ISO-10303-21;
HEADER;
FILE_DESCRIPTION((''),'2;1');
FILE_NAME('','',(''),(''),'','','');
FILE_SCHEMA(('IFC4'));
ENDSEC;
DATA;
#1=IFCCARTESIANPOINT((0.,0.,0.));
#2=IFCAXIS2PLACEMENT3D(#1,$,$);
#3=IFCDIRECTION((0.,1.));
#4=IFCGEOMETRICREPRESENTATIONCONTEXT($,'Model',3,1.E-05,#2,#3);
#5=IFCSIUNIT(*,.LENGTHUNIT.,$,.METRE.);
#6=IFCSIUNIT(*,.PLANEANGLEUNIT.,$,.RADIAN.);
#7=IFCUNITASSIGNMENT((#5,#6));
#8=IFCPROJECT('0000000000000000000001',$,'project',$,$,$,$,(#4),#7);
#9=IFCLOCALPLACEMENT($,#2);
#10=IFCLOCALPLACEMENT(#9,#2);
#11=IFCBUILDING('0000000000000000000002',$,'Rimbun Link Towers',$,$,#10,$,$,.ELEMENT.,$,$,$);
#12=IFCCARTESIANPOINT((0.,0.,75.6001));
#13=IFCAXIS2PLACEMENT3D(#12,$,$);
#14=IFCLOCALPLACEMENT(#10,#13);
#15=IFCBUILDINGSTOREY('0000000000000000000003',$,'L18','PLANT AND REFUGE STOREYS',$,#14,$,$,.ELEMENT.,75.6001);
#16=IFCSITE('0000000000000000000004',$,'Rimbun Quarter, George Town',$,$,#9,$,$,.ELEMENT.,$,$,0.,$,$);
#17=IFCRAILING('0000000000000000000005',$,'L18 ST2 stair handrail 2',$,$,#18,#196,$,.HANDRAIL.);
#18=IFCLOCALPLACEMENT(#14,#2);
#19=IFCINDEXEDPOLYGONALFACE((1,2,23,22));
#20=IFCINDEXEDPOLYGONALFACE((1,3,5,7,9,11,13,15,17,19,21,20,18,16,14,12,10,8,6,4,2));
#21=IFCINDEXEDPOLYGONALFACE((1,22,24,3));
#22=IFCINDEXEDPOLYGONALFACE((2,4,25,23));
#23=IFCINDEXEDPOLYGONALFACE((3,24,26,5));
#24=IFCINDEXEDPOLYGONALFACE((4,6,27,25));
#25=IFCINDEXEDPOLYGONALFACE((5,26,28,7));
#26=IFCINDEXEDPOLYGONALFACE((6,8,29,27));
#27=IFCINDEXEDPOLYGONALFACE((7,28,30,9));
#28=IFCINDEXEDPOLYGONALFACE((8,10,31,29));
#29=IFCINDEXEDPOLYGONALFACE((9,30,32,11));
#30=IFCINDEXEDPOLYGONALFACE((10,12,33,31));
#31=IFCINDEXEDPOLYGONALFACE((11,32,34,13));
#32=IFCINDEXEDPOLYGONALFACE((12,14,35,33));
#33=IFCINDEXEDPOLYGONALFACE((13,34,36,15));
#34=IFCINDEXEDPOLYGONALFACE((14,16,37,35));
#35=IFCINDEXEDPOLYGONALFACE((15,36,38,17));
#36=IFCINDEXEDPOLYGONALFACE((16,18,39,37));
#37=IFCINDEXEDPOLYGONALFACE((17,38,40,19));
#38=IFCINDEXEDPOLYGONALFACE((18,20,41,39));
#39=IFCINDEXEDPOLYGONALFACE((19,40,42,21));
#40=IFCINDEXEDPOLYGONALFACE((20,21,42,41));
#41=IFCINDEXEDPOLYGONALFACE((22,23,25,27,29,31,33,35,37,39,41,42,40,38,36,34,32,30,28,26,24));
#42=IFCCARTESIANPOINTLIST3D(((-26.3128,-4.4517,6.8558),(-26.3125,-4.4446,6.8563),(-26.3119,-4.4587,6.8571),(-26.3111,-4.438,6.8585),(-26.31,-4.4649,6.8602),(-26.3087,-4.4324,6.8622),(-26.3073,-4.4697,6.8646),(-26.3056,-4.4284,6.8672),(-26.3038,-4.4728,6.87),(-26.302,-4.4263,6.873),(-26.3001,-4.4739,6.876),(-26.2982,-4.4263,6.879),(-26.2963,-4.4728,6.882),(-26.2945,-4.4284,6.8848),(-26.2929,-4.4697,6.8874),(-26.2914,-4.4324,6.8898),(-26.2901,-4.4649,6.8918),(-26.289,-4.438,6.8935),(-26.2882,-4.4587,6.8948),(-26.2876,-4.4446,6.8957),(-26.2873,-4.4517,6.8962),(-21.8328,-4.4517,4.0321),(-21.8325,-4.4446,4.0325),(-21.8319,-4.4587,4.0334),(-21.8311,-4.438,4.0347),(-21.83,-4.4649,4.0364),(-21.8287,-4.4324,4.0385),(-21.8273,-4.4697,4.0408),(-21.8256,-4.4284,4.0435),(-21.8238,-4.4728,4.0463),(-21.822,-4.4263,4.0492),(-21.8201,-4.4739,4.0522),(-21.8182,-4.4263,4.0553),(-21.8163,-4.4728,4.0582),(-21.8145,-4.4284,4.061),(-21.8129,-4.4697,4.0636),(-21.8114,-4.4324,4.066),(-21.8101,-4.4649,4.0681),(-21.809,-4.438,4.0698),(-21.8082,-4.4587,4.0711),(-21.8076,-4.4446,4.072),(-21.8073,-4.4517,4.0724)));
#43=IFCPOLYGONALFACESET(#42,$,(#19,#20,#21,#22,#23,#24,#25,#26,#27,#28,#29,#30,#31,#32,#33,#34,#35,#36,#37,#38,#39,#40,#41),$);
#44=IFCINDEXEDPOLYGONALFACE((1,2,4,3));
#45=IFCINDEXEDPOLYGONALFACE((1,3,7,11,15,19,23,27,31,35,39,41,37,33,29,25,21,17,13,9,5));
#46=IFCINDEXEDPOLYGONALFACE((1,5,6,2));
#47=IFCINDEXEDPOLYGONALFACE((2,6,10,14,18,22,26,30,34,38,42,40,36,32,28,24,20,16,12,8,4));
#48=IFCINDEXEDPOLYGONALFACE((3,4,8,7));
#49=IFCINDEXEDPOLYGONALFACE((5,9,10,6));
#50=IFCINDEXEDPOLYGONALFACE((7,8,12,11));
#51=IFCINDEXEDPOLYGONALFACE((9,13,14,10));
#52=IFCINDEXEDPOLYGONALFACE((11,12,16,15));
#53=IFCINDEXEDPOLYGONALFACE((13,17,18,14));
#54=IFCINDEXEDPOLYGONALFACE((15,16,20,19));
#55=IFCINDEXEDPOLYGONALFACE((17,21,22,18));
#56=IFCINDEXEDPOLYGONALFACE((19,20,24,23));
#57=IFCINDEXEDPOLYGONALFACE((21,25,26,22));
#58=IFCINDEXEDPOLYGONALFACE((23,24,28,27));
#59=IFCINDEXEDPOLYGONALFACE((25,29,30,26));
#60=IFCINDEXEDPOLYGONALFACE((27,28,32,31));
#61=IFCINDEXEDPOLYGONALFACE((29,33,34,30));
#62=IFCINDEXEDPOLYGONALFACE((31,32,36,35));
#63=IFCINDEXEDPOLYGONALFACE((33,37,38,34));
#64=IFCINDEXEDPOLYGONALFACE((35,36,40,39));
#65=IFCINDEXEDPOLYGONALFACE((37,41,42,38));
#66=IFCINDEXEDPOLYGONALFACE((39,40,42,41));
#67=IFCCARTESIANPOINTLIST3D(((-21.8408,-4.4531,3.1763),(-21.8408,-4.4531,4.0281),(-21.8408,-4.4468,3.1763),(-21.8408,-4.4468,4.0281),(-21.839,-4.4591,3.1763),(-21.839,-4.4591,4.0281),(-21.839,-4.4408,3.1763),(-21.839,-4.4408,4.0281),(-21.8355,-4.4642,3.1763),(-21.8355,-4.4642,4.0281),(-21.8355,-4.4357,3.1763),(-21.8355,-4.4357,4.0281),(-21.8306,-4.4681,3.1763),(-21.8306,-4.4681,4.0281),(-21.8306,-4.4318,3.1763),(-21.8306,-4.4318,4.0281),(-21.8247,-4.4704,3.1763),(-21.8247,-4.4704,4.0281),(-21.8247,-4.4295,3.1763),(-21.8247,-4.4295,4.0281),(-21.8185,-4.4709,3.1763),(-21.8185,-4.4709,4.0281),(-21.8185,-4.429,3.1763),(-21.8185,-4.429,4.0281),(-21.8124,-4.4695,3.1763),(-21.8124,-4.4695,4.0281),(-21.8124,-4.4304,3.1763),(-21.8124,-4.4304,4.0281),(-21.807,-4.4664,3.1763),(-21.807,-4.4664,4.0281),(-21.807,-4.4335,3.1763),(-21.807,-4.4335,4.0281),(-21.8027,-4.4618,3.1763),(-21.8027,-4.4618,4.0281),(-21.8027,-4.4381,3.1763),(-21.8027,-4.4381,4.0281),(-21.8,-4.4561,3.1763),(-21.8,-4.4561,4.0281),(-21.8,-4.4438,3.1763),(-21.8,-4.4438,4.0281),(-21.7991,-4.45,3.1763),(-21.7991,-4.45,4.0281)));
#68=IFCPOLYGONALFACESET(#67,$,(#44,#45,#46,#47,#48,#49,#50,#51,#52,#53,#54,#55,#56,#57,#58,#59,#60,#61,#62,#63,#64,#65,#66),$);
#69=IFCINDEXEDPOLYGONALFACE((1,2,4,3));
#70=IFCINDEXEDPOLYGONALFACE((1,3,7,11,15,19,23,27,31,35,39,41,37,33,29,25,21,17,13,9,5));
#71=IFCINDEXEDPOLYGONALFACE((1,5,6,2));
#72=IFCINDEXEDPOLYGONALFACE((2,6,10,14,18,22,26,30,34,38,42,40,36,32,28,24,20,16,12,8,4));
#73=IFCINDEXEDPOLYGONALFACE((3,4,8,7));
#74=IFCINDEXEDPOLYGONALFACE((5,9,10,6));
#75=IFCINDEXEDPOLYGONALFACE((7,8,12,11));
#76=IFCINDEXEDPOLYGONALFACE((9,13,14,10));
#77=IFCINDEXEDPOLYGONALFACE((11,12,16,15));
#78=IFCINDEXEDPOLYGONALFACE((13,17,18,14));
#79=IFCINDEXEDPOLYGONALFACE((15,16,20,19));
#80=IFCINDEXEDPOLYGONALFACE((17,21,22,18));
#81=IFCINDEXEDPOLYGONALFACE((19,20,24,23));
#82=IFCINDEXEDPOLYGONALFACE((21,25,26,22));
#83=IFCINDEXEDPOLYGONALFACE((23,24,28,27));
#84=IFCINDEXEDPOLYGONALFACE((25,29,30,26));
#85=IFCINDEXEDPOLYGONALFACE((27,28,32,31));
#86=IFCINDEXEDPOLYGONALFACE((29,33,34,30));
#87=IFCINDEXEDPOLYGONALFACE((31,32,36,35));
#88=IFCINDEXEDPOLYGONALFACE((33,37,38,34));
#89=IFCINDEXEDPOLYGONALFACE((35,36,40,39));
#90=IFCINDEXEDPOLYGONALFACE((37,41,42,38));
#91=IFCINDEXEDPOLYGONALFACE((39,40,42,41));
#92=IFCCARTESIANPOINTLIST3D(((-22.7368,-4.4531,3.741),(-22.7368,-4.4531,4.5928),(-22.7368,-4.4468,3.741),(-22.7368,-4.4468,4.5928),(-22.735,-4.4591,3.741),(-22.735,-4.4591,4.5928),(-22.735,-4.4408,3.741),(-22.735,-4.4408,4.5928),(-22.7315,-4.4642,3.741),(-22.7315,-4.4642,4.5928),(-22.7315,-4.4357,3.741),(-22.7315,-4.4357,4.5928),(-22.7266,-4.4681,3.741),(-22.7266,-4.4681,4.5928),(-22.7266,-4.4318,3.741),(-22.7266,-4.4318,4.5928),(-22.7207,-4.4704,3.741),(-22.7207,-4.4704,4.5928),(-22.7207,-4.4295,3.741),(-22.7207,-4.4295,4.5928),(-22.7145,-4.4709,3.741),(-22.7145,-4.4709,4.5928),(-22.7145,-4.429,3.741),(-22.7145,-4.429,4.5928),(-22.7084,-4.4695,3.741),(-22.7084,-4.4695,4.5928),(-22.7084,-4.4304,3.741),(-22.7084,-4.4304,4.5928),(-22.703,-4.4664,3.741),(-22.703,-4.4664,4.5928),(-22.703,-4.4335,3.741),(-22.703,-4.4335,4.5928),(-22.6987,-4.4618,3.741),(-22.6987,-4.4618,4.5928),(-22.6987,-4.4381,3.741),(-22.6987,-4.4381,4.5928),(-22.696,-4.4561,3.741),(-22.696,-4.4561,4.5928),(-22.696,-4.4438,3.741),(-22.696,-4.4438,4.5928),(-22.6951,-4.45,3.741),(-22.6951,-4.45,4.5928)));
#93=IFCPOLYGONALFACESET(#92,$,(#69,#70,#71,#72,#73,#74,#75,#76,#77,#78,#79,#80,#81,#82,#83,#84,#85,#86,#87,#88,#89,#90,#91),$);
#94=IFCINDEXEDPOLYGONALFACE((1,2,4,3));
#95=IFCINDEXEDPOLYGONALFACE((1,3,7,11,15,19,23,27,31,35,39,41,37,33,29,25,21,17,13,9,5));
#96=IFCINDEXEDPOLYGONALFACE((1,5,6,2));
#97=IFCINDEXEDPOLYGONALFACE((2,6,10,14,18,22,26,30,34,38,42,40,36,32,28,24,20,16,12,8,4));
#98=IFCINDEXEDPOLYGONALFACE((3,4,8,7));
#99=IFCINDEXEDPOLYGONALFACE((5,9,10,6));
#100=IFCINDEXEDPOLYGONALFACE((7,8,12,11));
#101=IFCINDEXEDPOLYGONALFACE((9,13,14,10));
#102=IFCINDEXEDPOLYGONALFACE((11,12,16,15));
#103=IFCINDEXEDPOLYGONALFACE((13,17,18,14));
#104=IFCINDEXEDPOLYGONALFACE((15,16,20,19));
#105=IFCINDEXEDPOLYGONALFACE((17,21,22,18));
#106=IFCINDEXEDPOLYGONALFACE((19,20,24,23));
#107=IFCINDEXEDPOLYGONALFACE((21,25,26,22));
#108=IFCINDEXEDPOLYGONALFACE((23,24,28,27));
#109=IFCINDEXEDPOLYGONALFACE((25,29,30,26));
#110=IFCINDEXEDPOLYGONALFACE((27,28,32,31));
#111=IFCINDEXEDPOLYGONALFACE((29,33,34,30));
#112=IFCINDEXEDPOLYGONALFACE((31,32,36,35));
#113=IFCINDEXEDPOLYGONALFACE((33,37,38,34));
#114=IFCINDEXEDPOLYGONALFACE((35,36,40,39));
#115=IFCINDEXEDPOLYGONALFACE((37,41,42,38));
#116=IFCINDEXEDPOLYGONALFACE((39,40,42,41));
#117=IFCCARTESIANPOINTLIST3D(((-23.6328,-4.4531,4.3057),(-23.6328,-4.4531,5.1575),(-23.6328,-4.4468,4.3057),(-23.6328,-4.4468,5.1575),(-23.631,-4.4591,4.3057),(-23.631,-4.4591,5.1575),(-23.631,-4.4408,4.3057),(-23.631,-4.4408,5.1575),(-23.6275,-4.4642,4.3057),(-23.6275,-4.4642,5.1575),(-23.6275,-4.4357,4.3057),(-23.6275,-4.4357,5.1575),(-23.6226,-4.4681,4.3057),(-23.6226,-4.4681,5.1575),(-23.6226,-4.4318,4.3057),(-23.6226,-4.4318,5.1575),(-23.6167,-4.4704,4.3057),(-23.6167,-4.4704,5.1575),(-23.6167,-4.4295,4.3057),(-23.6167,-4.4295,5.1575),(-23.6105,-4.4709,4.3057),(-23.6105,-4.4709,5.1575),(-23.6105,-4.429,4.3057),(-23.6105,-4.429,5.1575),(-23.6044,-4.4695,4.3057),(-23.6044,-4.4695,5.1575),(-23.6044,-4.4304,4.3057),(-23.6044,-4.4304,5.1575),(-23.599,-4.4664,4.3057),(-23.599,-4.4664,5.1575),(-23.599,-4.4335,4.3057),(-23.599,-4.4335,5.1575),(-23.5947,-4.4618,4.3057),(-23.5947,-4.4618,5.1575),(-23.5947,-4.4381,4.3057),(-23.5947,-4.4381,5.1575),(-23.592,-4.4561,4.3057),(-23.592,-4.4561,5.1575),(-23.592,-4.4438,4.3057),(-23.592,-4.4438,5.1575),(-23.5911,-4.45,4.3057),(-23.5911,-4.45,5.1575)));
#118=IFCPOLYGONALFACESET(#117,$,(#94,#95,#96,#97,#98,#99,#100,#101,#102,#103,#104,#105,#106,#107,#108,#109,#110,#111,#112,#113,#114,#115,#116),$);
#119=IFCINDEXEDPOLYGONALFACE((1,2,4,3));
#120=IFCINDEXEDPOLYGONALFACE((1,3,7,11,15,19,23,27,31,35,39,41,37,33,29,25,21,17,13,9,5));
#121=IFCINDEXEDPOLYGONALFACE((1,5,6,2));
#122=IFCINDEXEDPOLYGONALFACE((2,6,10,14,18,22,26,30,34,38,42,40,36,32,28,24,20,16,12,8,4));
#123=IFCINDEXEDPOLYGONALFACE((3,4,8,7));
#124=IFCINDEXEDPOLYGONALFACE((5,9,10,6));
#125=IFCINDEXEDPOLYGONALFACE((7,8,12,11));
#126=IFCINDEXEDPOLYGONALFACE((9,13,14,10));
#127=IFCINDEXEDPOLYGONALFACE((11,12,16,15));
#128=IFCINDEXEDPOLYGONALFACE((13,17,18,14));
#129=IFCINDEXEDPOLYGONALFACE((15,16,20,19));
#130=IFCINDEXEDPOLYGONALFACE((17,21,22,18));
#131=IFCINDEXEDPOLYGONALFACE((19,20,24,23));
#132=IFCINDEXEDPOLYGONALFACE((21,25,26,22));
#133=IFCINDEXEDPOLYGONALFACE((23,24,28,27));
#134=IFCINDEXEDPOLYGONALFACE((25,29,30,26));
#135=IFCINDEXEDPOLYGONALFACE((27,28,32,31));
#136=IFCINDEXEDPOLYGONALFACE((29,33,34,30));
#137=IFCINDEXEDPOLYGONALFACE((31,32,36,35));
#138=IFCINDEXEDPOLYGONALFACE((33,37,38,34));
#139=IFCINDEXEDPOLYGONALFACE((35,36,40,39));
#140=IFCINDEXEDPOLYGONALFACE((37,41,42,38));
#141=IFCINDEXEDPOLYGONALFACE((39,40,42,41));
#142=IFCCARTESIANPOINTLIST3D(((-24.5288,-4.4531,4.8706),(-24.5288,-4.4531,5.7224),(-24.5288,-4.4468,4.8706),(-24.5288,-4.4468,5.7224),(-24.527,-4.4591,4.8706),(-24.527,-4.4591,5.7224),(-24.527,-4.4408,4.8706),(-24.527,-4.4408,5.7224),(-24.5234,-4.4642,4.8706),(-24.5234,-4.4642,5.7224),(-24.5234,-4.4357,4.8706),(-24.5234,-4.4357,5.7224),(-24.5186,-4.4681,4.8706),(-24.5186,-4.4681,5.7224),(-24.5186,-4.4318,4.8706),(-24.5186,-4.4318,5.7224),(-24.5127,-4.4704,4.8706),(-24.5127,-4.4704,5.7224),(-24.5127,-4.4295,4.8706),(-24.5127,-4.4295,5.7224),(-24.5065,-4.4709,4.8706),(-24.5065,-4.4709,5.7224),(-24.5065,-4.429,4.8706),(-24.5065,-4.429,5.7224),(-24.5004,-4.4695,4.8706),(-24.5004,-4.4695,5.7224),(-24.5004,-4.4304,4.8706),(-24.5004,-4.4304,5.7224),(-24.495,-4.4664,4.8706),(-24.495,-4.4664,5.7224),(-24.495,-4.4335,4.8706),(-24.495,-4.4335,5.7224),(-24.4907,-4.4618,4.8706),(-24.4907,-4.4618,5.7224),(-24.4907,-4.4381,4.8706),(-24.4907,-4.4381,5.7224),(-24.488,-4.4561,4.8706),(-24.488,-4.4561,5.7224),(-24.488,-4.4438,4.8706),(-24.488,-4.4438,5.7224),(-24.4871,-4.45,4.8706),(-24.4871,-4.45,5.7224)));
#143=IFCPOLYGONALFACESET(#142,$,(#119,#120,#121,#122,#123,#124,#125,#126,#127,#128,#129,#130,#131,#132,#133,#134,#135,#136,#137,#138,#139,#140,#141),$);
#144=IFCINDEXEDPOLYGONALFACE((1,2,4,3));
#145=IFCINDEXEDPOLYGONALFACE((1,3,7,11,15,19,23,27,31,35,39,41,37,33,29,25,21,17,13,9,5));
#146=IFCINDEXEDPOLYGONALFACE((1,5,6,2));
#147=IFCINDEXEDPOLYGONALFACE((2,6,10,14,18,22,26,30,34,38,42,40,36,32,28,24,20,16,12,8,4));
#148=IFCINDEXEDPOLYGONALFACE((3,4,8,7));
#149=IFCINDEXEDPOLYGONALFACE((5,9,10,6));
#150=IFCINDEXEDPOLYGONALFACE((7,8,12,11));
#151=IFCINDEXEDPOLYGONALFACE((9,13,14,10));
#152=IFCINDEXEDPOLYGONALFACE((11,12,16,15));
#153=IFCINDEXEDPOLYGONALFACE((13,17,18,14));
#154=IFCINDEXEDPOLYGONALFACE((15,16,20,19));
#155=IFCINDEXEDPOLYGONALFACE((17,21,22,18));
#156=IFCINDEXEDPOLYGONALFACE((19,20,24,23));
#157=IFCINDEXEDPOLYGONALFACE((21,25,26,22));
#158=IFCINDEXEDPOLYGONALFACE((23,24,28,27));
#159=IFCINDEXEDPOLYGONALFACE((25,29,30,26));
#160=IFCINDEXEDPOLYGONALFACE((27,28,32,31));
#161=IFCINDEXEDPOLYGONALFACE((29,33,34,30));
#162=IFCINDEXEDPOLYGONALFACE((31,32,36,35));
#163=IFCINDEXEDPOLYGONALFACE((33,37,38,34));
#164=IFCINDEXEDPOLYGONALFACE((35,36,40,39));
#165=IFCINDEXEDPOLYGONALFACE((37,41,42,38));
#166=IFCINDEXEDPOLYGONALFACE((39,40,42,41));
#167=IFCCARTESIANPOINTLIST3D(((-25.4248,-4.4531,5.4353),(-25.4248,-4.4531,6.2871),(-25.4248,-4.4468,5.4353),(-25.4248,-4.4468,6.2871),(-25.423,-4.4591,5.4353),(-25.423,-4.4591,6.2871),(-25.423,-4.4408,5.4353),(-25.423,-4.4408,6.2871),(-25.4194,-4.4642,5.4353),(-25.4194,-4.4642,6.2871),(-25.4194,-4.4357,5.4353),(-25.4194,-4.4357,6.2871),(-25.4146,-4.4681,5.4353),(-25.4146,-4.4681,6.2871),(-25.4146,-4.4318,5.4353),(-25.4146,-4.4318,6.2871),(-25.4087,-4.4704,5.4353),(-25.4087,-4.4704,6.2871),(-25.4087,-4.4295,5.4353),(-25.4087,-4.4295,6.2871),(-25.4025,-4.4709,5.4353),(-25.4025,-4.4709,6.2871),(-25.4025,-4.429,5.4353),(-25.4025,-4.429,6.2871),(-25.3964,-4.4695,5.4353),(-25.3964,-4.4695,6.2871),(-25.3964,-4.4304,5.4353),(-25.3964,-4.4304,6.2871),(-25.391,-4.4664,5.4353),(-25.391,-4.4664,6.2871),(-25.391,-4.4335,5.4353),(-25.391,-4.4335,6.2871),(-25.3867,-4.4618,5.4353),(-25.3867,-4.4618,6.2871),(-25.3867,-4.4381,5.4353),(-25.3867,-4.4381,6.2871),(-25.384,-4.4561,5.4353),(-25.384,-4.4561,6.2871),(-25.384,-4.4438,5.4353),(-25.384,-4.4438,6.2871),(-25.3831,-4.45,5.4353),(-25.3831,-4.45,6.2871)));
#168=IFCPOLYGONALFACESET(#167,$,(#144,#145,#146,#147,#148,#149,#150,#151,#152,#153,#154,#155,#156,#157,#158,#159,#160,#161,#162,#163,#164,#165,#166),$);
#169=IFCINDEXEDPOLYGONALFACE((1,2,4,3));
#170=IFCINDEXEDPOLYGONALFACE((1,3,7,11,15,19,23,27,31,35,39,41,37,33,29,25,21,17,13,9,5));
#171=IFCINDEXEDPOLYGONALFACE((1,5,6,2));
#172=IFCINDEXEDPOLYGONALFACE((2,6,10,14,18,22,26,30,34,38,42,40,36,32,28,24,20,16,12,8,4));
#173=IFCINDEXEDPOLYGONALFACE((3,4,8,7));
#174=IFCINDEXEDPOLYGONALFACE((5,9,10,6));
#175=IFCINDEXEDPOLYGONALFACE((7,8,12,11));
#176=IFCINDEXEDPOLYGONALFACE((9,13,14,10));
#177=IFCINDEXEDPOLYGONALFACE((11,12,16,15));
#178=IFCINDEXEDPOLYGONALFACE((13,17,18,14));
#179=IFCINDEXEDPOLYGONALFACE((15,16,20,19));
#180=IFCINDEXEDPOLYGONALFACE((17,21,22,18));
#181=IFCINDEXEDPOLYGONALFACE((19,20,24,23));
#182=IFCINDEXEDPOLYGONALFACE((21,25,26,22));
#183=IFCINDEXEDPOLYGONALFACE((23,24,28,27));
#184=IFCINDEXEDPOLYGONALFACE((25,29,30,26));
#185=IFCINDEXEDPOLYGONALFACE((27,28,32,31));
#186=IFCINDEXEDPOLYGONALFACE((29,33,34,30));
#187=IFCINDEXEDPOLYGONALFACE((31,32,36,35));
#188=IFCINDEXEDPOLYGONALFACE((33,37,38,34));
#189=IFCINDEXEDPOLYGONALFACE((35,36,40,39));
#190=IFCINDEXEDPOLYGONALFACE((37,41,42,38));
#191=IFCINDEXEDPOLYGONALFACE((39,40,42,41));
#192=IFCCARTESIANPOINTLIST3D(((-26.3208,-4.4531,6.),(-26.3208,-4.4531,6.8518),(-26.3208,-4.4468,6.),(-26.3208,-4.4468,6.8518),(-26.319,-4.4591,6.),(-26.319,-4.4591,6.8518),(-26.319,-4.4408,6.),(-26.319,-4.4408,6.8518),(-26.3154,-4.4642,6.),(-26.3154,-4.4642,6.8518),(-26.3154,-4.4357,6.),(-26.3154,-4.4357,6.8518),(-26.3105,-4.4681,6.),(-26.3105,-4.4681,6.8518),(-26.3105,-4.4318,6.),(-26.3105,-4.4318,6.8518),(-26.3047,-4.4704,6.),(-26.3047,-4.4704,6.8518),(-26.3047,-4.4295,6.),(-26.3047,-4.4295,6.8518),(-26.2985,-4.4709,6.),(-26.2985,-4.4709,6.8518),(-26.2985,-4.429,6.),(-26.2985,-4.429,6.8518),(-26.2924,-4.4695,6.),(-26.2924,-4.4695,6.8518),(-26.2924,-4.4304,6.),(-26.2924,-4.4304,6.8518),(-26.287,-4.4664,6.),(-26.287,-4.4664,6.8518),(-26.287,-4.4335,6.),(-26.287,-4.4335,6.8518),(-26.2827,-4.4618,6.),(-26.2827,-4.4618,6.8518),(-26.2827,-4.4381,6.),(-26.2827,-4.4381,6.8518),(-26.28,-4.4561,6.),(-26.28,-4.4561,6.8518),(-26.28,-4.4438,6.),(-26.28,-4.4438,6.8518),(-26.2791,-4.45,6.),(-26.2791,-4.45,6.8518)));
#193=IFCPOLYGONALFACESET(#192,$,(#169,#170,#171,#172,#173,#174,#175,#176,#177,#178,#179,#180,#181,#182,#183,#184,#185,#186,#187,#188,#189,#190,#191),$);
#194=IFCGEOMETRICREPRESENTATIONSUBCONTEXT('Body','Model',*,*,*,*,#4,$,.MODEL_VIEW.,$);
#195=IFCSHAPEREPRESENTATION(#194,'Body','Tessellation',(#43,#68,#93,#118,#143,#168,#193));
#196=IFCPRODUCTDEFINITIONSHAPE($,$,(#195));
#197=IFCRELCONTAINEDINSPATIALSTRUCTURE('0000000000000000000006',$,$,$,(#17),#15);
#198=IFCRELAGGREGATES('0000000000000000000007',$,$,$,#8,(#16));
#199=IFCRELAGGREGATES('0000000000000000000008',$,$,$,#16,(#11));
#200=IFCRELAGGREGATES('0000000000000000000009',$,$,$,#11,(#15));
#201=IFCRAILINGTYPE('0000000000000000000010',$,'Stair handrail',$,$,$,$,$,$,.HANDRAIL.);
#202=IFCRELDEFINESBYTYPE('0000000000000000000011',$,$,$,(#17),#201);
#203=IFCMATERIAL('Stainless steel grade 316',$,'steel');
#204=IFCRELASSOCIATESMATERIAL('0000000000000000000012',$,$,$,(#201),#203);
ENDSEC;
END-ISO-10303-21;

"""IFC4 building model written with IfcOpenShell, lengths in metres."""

from ifc_helpers import new_model, si_unit, direction, frame, origin, origin_2d, place, context, subcontext, project, spatial, circle, extrude, material, type_object, element, save


model = new_model("IFC4")

# Units and contexts
model_context = context("Model", 3, precision=1e-05, world=origin(), true_north=direction((0.0, 1.0)))
body_context = subcontext(model_context, "Body", "Model", "MODEL_VIEW")
ifc_project = project(units=[si_unit("LENGTHUNIT", "METRE"), si_unit("PLANEANGLEUNIT", "RADIAN")], contexts=[model_context])

# Site, building, storey
site_placement = place(None, origin())
site = spatial("IfcSite", under=ifc_project, at=site_placement, Name="Rimbun Quarter, George Town", CompositionType="ELEMENT", RefElevation=0.0)
building_placement = place(site_placement, origin())
building = spatial("IfcBuilding", under=site, at=building_placement, Name="Rimbun Link Towers", CompositionType="ELEMENT")
storey_placement = place(building_placement, frame((0.0, 0.0, 75.6001)))
storey = spatial("IfcBuildingStorey", under=building, at=storey_placement, Name="L18", Description="PLANT AND REFUGE STOREYS", CompositionType="ELEMENT", Elevation=75.6001)

# Railing
ifc_material_1 = material(Name="Stainless steel grade 316", Category="steel")
railing_type_1 = type_object("IfcRailingType", Name="Stair handrail", PredefinedType="HANDRAIL", material=ifc_material_1)
railing_1_placement = place(storey_placement, frame((-21.8201, -4.45, 3.1763)))
element("IfcRailing", 1, at=railing_1_placement, inside=storey, type_object=railing_type_1, Name="L18 ST2 stair handrail 2", PredefinedType="HANDRAIL", context=body_context, shape_type="SweptSolid", body=[
    extrude(circle(Radius=0.0239, at=origin_2d()), frame((0.0, 0.0, 0.876), z_axis=(-0.845977, 0.0, 0.533219), x_axis=(0.0, -1.0, 0.0)), (0.0, 0.0, 1.0), 5.2957),
    extrude(circle(Radius=0.021, at=origin_2d()), origin(), (0.0, 0.0, 1.0), 0.8518),
    extrude(circle(Radius=0.021, at=origin_2d()), frame((-0.896, 0.0, 0.5647)), (0.0, 0.0, 1.0), 0.8518),
    extrude(circle(Radius=0.021, at=origin_2d()), frame((-1.792, 0.0, 1.1294)), (0.0, 0.0, 1.0), 0.8518),
    extrude(circle(Radius=0.021, at=origin_2d()), frame((-2.688, 0.0, 1.6943)), (0.0, 0.0, 1.0), 0.8518),
    extrude(circle(Radius=0.021, at=origin_2d()), frame((-3.584, 0.0, 2.259)), (0.0, 0.0, 1.0), 0.8518),
    extrude(circle(Radius=0.021, at=origin_2d()), frame((-4.48, 0.0, 2.8237)), (0.0, 0.0, 1.0), 0.8518),
])

save(model, "model.ifc")
